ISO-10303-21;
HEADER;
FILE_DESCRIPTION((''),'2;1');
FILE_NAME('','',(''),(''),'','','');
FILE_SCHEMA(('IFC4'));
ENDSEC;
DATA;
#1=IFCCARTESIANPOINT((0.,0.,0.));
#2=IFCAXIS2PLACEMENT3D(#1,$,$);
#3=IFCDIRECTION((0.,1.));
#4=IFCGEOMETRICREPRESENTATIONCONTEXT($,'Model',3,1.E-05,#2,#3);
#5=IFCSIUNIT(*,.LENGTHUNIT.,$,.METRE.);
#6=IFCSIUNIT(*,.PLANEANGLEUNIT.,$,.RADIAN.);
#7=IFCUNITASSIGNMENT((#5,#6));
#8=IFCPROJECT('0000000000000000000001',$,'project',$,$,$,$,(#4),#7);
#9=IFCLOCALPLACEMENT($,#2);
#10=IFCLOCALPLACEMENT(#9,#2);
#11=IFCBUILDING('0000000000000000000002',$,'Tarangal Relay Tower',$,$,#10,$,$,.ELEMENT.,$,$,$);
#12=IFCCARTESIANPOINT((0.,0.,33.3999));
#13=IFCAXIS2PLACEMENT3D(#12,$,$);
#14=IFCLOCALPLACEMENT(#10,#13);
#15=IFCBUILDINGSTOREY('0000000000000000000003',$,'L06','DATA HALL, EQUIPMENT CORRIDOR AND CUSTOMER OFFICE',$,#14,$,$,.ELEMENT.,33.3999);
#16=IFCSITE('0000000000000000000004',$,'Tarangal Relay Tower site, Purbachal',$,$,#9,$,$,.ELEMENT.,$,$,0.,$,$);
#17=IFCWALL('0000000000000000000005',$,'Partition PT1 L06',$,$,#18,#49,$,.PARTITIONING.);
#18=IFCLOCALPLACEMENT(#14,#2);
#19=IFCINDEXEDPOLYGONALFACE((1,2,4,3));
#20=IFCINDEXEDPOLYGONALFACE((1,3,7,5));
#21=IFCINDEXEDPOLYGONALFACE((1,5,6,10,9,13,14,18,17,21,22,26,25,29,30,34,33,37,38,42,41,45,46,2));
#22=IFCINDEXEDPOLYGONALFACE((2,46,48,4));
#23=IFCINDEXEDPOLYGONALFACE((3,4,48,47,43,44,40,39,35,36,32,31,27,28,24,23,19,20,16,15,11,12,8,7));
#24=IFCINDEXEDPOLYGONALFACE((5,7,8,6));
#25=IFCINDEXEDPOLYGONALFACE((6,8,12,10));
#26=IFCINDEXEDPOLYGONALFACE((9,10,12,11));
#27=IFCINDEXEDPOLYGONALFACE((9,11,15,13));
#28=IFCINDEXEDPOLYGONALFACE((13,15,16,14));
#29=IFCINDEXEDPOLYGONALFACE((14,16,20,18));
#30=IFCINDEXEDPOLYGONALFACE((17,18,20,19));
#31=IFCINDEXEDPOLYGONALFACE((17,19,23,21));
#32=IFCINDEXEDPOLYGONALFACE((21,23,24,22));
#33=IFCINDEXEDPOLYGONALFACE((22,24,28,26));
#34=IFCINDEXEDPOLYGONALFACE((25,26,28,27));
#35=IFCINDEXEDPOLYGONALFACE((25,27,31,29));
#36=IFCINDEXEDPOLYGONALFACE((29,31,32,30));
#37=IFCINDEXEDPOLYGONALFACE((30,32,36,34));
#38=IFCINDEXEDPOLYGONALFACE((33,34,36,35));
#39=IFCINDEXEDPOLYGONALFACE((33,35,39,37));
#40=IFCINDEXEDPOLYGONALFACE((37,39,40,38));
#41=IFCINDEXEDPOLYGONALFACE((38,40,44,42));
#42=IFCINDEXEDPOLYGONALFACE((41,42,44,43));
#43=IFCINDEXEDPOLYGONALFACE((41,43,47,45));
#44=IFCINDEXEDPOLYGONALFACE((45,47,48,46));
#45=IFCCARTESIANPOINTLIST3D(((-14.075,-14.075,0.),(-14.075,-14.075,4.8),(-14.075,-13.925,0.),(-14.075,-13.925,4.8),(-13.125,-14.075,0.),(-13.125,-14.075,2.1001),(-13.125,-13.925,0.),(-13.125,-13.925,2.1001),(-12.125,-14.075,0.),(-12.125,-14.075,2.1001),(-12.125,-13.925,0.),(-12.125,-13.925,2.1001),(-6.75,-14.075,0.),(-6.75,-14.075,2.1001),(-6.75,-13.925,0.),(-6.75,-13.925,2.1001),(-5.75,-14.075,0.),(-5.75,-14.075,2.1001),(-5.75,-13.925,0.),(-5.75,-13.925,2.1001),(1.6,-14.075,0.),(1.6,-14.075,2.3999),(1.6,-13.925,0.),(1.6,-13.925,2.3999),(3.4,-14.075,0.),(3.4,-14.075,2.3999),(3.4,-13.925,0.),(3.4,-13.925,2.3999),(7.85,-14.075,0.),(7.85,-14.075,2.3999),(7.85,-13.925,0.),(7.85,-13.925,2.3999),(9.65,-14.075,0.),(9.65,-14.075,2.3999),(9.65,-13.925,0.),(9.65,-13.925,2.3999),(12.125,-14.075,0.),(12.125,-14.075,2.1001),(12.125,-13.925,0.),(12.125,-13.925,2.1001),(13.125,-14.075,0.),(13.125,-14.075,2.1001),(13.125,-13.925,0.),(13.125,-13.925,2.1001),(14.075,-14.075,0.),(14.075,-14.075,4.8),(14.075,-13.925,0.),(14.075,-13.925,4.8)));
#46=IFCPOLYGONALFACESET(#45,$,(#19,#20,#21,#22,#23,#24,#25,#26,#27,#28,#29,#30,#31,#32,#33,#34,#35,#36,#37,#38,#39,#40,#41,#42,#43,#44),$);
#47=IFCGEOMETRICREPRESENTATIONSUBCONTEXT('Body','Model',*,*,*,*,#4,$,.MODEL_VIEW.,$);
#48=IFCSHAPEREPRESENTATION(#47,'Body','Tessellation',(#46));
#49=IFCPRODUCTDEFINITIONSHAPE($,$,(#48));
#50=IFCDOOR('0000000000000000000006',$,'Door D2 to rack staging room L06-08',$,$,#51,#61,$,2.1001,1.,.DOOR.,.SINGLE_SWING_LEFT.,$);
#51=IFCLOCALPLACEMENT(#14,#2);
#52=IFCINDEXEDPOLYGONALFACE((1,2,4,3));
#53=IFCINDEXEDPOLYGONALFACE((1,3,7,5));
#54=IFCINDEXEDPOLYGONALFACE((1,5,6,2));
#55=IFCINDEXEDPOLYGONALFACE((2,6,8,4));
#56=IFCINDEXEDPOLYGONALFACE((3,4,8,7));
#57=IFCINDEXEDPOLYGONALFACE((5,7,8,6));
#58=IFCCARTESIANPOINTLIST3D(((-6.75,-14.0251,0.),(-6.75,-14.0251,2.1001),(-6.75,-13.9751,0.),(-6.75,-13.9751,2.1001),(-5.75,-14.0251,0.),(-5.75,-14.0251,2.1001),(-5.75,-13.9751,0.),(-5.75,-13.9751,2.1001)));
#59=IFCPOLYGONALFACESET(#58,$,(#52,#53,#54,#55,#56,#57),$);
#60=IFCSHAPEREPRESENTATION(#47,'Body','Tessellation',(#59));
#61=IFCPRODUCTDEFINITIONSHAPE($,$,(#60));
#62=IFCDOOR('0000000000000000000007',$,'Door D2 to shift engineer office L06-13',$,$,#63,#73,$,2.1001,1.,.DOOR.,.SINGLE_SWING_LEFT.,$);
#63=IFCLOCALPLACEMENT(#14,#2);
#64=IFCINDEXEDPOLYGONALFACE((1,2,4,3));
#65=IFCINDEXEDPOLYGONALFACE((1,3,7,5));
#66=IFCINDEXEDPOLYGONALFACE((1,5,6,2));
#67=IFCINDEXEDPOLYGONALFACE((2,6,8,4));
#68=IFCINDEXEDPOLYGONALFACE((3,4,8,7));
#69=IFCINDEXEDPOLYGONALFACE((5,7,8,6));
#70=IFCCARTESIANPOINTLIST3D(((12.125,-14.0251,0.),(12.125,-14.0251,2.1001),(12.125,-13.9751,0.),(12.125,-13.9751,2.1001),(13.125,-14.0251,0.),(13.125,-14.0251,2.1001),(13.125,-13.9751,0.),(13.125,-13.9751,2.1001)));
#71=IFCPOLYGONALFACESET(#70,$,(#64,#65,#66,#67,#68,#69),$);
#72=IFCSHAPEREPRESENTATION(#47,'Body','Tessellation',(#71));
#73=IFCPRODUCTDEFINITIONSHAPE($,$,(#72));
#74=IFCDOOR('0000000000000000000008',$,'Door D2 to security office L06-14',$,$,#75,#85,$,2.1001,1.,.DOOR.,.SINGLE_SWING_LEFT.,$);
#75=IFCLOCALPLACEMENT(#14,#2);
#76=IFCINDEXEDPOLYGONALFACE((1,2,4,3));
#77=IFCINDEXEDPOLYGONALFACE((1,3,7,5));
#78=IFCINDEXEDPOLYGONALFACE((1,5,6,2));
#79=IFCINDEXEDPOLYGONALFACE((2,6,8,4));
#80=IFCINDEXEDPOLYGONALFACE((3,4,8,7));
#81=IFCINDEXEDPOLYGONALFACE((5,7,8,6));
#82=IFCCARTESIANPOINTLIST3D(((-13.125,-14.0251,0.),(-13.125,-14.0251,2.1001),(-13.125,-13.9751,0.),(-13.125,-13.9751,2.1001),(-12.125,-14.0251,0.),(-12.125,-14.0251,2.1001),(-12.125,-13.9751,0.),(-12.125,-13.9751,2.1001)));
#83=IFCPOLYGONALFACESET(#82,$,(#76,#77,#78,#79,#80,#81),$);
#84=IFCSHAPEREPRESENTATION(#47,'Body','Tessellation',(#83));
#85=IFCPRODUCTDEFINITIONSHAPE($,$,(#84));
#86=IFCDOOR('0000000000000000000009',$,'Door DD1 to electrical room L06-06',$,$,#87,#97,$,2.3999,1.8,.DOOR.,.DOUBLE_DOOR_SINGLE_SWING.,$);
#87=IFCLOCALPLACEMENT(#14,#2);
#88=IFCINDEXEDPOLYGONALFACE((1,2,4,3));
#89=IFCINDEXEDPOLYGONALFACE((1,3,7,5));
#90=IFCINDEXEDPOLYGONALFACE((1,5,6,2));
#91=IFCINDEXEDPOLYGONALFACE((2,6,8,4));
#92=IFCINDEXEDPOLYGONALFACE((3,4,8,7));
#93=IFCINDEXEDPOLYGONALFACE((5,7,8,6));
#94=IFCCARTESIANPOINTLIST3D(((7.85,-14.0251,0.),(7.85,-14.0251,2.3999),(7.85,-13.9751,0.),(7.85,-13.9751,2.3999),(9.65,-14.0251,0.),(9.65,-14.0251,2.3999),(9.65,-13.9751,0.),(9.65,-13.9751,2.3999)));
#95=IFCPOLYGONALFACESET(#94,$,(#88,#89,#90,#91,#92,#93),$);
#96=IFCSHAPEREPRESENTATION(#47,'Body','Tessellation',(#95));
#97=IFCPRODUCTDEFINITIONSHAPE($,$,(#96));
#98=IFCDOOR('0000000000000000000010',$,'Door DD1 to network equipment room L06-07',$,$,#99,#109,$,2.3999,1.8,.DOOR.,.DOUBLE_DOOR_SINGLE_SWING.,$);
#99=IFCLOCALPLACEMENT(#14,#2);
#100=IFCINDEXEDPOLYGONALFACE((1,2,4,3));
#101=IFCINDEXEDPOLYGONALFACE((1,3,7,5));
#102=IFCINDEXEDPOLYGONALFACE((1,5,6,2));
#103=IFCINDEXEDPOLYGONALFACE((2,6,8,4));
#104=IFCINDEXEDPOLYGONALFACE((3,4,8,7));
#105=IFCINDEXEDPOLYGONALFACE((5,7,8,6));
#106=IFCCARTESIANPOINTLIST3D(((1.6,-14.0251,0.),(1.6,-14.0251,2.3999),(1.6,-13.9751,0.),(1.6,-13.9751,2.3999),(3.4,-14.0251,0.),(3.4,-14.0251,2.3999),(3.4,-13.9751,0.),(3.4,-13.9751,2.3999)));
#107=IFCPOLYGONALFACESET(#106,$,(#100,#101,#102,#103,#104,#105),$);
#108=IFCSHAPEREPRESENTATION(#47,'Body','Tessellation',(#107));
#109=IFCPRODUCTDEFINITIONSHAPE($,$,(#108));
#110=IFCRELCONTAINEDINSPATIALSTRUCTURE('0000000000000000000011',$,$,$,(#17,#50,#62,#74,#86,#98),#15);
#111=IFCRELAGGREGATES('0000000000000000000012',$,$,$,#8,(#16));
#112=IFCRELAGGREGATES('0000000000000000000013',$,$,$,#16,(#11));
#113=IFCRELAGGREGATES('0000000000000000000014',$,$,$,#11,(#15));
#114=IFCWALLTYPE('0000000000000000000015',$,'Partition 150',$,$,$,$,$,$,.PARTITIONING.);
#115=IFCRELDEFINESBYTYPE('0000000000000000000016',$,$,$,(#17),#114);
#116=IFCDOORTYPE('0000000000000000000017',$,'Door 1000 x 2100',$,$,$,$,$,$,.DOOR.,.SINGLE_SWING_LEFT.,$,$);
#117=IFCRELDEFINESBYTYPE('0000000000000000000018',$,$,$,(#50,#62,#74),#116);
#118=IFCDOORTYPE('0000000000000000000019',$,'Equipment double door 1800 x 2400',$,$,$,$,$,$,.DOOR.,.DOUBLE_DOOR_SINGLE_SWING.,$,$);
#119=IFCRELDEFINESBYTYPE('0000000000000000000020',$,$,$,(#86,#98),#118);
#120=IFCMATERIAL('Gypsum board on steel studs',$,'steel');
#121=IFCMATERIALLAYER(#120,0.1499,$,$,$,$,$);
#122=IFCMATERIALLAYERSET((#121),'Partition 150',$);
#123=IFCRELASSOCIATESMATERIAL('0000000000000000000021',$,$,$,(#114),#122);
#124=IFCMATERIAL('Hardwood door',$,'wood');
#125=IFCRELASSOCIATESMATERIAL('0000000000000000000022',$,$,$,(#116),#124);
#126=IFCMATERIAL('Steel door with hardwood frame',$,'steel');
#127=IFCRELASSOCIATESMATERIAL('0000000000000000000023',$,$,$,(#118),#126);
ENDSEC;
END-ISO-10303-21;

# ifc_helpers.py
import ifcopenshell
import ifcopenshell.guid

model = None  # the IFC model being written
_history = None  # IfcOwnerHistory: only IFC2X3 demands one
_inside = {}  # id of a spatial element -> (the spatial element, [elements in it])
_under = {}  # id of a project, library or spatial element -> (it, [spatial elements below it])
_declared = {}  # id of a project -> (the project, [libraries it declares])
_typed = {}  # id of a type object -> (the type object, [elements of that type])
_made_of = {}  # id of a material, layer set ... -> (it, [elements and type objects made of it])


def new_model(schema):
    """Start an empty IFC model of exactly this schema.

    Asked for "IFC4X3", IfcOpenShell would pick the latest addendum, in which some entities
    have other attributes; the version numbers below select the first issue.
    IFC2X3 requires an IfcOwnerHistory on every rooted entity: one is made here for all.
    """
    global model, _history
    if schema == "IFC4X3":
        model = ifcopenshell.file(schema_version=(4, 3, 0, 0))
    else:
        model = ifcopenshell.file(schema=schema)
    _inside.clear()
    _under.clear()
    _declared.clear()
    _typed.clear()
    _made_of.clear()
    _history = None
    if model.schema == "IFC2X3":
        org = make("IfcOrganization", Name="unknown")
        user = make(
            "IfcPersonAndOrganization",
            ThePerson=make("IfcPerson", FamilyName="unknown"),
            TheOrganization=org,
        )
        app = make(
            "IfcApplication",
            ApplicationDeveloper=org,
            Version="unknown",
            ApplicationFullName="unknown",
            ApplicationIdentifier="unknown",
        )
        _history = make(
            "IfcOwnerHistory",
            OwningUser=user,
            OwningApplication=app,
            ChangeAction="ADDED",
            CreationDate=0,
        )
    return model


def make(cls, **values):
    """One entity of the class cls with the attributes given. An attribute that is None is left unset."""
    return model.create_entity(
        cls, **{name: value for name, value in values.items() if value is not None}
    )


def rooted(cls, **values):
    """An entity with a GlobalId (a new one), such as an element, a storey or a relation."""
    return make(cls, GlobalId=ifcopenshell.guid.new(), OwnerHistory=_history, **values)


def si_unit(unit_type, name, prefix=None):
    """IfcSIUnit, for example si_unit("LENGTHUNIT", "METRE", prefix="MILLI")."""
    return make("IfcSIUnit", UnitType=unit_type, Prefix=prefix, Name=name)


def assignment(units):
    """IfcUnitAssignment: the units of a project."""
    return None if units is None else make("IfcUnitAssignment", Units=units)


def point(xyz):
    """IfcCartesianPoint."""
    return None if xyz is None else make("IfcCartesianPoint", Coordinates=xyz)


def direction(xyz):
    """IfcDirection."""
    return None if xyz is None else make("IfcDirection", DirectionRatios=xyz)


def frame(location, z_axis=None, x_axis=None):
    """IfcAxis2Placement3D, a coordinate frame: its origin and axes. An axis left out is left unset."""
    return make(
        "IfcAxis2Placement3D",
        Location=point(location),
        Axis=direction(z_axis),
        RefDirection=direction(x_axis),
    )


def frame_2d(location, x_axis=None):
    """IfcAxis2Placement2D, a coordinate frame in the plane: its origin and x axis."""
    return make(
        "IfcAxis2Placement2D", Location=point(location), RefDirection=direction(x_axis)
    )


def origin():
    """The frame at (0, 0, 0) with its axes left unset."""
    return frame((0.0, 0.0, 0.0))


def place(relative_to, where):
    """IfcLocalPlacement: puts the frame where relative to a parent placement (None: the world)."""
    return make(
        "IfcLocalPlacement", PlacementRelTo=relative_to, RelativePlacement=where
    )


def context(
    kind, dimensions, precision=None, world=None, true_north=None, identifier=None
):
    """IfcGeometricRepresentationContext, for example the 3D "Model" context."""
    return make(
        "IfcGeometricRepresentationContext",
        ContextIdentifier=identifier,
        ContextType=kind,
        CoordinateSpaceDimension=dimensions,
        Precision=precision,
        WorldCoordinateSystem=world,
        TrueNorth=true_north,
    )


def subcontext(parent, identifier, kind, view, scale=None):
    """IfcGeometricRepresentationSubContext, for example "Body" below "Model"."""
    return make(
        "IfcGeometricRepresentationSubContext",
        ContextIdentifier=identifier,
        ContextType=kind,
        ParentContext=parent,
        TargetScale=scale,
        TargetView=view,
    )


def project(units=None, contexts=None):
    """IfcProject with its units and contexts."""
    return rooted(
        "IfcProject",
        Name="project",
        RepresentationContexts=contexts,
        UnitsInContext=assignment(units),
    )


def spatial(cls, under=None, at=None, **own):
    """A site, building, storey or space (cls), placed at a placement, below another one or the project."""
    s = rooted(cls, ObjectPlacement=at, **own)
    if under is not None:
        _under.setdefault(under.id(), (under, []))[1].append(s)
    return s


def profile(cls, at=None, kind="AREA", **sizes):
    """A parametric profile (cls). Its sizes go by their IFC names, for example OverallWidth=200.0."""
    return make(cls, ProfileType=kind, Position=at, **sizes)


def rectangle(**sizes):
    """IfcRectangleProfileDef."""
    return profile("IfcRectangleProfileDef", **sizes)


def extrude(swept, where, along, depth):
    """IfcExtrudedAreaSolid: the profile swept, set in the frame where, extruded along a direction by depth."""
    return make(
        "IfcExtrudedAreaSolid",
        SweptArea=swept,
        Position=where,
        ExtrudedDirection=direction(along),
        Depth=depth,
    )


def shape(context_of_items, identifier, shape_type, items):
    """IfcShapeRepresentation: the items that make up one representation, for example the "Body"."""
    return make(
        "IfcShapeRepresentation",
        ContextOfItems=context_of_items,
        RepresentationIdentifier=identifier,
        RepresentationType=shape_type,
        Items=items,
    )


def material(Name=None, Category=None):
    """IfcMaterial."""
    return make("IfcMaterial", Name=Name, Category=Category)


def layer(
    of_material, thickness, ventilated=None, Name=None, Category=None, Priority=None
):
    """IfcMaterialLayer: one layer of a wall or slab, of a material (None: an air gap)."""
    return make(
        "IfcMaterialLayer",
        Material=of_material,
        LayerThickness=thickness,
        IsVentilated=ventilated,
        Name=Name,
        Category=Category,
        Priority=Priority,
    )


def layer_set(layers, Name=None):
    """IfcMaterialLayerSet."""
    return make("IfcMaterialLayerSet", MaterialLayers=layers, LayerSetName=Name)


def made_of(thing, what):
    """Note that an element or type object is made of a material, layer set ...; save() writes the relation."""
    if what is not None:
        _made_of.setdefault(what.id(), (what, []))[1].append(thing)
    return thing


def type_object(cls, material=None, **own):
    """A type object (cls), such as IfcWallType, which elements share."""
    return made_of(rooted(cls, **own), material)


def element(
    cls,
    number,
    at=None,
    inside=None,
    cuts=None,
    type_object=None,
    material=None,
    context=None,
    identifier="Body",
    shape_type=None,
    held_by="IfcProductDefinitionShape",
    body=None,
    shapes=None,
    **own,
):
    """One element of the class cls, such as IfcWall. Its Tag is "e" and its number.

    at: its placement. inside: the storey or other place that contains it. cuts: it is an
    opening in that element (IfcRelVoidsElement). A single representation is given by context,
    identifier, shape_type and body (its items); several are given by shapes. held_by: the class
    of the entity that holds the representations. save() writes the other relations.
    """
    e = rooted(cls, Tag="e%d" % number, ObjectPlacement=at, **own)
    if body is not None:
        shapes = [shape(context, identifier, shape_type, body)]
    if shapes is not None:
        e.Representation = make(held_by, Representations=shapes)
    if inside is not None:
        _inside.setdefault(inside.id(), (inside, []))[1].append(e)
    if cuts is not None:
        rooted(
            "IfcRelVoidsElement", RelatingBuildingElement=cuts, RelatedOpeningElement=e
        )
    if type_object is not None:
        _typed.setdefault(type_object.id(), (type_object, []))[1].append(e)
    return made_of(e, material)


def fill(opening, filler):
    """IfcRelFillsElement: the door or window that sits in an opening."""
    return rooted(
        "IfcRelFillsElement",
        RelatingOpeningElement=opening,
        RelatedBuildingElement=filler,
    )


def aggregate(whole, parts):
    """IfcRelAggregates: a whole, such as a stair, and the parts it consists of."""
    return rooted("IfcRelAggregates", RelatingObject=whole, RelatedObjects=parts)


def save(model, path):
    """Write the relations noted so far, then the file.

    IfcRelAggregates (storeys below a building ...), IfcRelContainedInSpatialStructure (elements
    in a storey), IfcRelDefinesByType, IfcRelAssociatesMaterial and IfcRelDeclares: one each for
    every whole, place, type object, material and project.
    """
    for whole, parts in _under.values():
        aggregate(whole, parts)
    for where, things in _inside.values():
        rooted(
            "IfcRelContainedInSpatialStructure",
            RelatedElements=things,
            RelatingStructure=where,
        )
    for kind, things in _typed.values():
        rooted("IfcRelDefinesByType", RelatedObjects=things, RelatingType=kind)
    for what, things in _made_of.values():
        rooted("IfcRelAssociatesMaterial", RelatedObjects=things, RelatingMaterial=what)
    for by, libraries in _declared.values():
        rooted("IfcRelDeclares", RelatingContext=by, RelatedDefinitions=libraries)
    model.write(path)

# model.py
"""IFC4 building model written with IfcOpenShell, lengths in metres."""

from ifc_helpers import new_model, si_unit, direction, frame, frame_2d, origin, place, context, subcontext, project, spatial, rectangle, extrude, material, layer, layer_set, type_object, element, fill, save


model = new_model("IFC4")

# Units and contexts
model_context = context("Model", 3, precision=1e-05, world=origin(), true_north=direction((0.0, 1.0)))
body_context = subcontext(model_context, "Body", "Model", "MODEL_VIEW")
ifc_project = project(units=[si_unit("LENGTHUNIT", "METRE"), si_unit("PLANEANGLEUNIT", "RADIAN")], contexts=[model_context])

# Site, building, storey
site_placement = place(None, origin())
site = spatial("IfcSite", under=ifc_project, at=site_placement, Name="Tarangal Relay Tower site, Purbachal", CompositionType="ELEMENT", RefElevation=0.0)
building_placement = place(site_placement, origin())
building = spatial("IfcBuilding", under=site, at=building_placement, Name="Tarangal Relay Tower", CompositionType="ELEMENT")
storey_placement = place(building_placement, frame((0.0, 0.0, 33.3999)))
storey = spatial("IfcBuildingStorey", under=building, at=storey_placement, Name="L06", Description="DATA HALL, EQUIPMENT CORRIDOR AND CUSTOMER OFFICE", CompositionType="ELEMENT", Elevation=33.3999)

# Wall, openings, doors
ifc_material_1 = material(Name="Gypsum board on steel studs", Category="steel")
ifc_layer_1 = layer(ifc_material_1, 0.1499)
ifc_layer_set_1 = layer_set([ifc_layer_1], Name="Partition 150")
wall_type_1 = type_object("IfcWallType", Name="Partition 150", PredefinedType="PARTITIONING", material=ifc_layer_set_1)
wall_1_placement = place(storey_placement, frame((-14.075, -14.0, 0.0), z_axis=(0.0, 0.0, 1.0), x_axis=(1.0, 0.0, 0.0)))
wall_1 = element("IfcWall", 1, at=wall_1_placement, inside=storey, type_object=wall_type_1, Name="Partition PT1 L06", PredefinedType="PARTITIONING", context=body_context, shape_type="SweptSolid", body=[
    extrude(rectangle(XDim=28.1499, YDim=0.1499, at=frame_2d((14.075, 0.0))), origin(), (0.0, 0.0, 1.0), 4.8),
])
opening_1_placement = place(wall_1_placement, frame((21.925, 0.0, 0.0)))
opening_1 = element("IfcOpeningElement", 2, at=opening_1_placement, cuts=wall_1, PredefinedType="OPENING", context=body_context, shape_type="SweptSolid", body=[
    extrude(rectangle(XDim=1.8, YDim=2.3999, at=frame_2d((0.8999, 1.2))), frame((0.0, 0.085, 0.0), z_axis=(0.0, -1.0, 0.0), x_axis=(1.0, 0.0, 0.0)), (0.0, 0.0, 1.0), 0.1699),
])
opening_2_placement = place(wall_1_placement, frame((15.675, 0.0, 0.0)))
opening_2 = element("IfcOpeningElement", 3, at=opening_2_placement, cuts=wall_1, PredefinedType="OPENING", context=body_context, shape_type="SweptSolid", body=[
    extrude(rectangle(XDim=1.8, YDim=2.3999, at=frame_2d((0.8999, 1.2))), frame((0.0, 0.085, 0.0), z_axis=(0.0, -1.0, 0.0), x_axis=(1.0, 0.0, 0.0)), (0.0, 0.0, 1.0), 0.1699),
])
opening_3_placement = place(wall_1_placement, frame((7.325, 0.0, 0.0)))
opening_3 = element("IfcOpeningElement", 4, at=opening_3_placement, cuts=wall_1, PredefinedType="OPENING", context=body_context, shape_type="SweptSolid", body=[
    extrude(rectangle(XDim=1.0, YDim=2.1001, at=frame_2d((0.5, 1.05))), frame((0.0, 0.085, 0.0), z_axis=(0.0, -1.0, 0.0), x_axis=(1.0, 0.0, 0.0)), (0.0, 0.0, 1.0), 0.1699),
])
opening_4_placement = place(wall_1_placement, frame((26.2, 0.0, 0.0)))
opening_4 = element("IfcOpeningElement", 5, at=opening_4_placement, cuts=wall_1, PredefinedType="OPENING", context=body_context, shape_type="SweptSolid", body=[
    extrude(rectangle(XDim=1.0, YDim=2.1001, at=frame_2d((0.5, 1.05))), frame((0.0, 0.085, 0.0), z_axis=(0.0, -1.0, 0.0), x_axis=(1.0, 0.0, 0.0)), (0.0, 0.0, 1.0), 0.1699),
])
opening_5_placement = place(wall_1_placement, frame((0.95, 0.0, 0.0)))
opening_5 = element("IfcOpeningElement", 6, at=opening_5_placement, cuts=wall_1, PredefinedType="OPENING", context=body_context, shape_type="SweptSolid", body=[
    extrude(rectangle(XDim=1.0, YDim=2.1001, at=frame_2d((0.5, 1.05))), frame((0.0, 0.085, 0.0), z_axis=(0.0, -1.0, 0.0), x_axis=(1.0, 0.0, 0.0)), (0.0, 0.0, 1.0), 0.1699),
])
ifc_material_2 = material(Name="Hardwood door", Category="wood")
door_type_1 = type_object("IfcDoorType", Name="Door 1000 x 2100", OperationType="SINGLE_SWING_LEFT", PredefinedType="DOOR", material=ifc_material_2)
door_1_placement = place(opening_3_placement, origin())
door_1 = element("IfcDoor", 7, at=door_1_placement, inside=storey, type_object=door_type_1, Name="Door D2 to rack staging room L06-08", OperationType="SINGLE_SWING_LEFT", OverallHeight=2.1001, OverallWidth=1.0, PredefinedType="DOOR", context=body_context, shape_type="SweptSolid", body=[
    extrude(rectangle(XDim=1.0, YDim=2.1001, at=frame_2d((0.5, 1.05))), frame((0.0, 0.0249, 0.0), z_axis=(0.0, -1.0, 0.0), x_axis=(1.0, 0.0, 0.0)), (0.0, 0.0, 1.0), 0.05),
])
fill(opening_3, door_1)
door_2_placement = place(opening_4_placement, origin())
door_2 = element("IfcDoor", 8, at=door_2_placement, inside=storey, type_object=door_type_1, Name="Door D2 to shift engineer office L06-13", OperationType="SINGLE_SWING_LEFT", OverallHeight=2.1001, OverallWidth=1.0, PredefinedType="DOOR", context=body_context, shape_type="SweptSolid", body=[
    extrude(rectangle(XDim=1.0, YDim=2.1001, at=frame_2d((0.5, 1.05))), frame((0.0, 0.0249, 0.0), z_axis=(0.0, -1.0, 0.0), x_axis=(1.0, 0.0, 0.0)), (0.0, 0.0, 1.0), 0.05),
])
fill(opening_4, door_2)
door_3_placement = place(opening_5_placement, origin())
door_3 = element("IfcDoor", 9, at=door_3_placement, inside=storey, type_object=door_type_1, Name="Door D2 to security office L06-14", OperationType="SINGLE_SWING_LEFT", OverallHeight=2.1001, OverallWidth=1.0, PredefinedType="DOOR", context=body_context, shape_type="SweptSolid", body=[
    extrude(rectangle(XDim=1.0, YDim=2.1001, at=frame_2d((0.5, 1.05))), frame((0.0, 0.0249, 0.0), z_axis=(0.0, -1.0, 0.0), x_axis=(1.0, 0.0, 0.0)), (0.0, 0.0, 1.0), 0.05),
])
fill(opening_5, door_3)
ifc_material_3 = material(Name="Steel door with hardwood frame", Category="steel")
door_type_2 = type_object("IfcDoorType", Name="Equipment double door 1800 x 2400", OperationType="DOUBLE_DOOR_SINGLE_SWING", PredefinedType="DOOR", material=ifc_material_3)
door_4_placement = place(opening_1_placement, origin())
door_4 = element("IfcDoor", 10, at=door_4_placement, inside=storey, type_object=door_type_2, Name="Door DD1 to electrical room L06-06", OperationType="DOUBLE_DOOR_SINGLE_SWING", OverallHeight=2.3999, OverallWidth=1.8, PredefinedType="DOOR", context=body_context, shape_type="SweptSolid", body=[
    extrude(rectangle(XDim=1.8, YDim=2.3999, at=frame_2d((0.8999, 1.2))), frame((0.0, 0.0249, 0.0), z_axis=(0.0, -1.0, 0.0), x_axis=(1.0, 0.0, 0.0)), (0.0, 0.0, 1.0), 0.05),
])
fill(opening_1, door_4)
door_5_placement = place(opening_2_placement, origin())
door_5 = element("IfcDoor", 11, at=door_5_placement, inside=storey, type_object=door_type_2, Name="Door DD1 to network equipment room L06-07", OperationType="DOUBLE_DOOR_SINGLE_SWING", OverallHeight=2.3999, OverallWidth=1.8, PredefinedType="DOOR", context=body_context, shape_type="SweptSolid", body=[
    extrude(rectangle(XDim=1.8, YDim=2.3999, at=frame_2d((0.8999, 1.2))), frame((0.0, 0.0249, 0.0), z_axis=(0.0, -1.0, 0.0), x_axis=(1.0, 0.0, 0.0)), (0.0, 0.0, 1.0), 0.05),
])
fill(opening_2, door_5)

save(model, "model.ifc")
